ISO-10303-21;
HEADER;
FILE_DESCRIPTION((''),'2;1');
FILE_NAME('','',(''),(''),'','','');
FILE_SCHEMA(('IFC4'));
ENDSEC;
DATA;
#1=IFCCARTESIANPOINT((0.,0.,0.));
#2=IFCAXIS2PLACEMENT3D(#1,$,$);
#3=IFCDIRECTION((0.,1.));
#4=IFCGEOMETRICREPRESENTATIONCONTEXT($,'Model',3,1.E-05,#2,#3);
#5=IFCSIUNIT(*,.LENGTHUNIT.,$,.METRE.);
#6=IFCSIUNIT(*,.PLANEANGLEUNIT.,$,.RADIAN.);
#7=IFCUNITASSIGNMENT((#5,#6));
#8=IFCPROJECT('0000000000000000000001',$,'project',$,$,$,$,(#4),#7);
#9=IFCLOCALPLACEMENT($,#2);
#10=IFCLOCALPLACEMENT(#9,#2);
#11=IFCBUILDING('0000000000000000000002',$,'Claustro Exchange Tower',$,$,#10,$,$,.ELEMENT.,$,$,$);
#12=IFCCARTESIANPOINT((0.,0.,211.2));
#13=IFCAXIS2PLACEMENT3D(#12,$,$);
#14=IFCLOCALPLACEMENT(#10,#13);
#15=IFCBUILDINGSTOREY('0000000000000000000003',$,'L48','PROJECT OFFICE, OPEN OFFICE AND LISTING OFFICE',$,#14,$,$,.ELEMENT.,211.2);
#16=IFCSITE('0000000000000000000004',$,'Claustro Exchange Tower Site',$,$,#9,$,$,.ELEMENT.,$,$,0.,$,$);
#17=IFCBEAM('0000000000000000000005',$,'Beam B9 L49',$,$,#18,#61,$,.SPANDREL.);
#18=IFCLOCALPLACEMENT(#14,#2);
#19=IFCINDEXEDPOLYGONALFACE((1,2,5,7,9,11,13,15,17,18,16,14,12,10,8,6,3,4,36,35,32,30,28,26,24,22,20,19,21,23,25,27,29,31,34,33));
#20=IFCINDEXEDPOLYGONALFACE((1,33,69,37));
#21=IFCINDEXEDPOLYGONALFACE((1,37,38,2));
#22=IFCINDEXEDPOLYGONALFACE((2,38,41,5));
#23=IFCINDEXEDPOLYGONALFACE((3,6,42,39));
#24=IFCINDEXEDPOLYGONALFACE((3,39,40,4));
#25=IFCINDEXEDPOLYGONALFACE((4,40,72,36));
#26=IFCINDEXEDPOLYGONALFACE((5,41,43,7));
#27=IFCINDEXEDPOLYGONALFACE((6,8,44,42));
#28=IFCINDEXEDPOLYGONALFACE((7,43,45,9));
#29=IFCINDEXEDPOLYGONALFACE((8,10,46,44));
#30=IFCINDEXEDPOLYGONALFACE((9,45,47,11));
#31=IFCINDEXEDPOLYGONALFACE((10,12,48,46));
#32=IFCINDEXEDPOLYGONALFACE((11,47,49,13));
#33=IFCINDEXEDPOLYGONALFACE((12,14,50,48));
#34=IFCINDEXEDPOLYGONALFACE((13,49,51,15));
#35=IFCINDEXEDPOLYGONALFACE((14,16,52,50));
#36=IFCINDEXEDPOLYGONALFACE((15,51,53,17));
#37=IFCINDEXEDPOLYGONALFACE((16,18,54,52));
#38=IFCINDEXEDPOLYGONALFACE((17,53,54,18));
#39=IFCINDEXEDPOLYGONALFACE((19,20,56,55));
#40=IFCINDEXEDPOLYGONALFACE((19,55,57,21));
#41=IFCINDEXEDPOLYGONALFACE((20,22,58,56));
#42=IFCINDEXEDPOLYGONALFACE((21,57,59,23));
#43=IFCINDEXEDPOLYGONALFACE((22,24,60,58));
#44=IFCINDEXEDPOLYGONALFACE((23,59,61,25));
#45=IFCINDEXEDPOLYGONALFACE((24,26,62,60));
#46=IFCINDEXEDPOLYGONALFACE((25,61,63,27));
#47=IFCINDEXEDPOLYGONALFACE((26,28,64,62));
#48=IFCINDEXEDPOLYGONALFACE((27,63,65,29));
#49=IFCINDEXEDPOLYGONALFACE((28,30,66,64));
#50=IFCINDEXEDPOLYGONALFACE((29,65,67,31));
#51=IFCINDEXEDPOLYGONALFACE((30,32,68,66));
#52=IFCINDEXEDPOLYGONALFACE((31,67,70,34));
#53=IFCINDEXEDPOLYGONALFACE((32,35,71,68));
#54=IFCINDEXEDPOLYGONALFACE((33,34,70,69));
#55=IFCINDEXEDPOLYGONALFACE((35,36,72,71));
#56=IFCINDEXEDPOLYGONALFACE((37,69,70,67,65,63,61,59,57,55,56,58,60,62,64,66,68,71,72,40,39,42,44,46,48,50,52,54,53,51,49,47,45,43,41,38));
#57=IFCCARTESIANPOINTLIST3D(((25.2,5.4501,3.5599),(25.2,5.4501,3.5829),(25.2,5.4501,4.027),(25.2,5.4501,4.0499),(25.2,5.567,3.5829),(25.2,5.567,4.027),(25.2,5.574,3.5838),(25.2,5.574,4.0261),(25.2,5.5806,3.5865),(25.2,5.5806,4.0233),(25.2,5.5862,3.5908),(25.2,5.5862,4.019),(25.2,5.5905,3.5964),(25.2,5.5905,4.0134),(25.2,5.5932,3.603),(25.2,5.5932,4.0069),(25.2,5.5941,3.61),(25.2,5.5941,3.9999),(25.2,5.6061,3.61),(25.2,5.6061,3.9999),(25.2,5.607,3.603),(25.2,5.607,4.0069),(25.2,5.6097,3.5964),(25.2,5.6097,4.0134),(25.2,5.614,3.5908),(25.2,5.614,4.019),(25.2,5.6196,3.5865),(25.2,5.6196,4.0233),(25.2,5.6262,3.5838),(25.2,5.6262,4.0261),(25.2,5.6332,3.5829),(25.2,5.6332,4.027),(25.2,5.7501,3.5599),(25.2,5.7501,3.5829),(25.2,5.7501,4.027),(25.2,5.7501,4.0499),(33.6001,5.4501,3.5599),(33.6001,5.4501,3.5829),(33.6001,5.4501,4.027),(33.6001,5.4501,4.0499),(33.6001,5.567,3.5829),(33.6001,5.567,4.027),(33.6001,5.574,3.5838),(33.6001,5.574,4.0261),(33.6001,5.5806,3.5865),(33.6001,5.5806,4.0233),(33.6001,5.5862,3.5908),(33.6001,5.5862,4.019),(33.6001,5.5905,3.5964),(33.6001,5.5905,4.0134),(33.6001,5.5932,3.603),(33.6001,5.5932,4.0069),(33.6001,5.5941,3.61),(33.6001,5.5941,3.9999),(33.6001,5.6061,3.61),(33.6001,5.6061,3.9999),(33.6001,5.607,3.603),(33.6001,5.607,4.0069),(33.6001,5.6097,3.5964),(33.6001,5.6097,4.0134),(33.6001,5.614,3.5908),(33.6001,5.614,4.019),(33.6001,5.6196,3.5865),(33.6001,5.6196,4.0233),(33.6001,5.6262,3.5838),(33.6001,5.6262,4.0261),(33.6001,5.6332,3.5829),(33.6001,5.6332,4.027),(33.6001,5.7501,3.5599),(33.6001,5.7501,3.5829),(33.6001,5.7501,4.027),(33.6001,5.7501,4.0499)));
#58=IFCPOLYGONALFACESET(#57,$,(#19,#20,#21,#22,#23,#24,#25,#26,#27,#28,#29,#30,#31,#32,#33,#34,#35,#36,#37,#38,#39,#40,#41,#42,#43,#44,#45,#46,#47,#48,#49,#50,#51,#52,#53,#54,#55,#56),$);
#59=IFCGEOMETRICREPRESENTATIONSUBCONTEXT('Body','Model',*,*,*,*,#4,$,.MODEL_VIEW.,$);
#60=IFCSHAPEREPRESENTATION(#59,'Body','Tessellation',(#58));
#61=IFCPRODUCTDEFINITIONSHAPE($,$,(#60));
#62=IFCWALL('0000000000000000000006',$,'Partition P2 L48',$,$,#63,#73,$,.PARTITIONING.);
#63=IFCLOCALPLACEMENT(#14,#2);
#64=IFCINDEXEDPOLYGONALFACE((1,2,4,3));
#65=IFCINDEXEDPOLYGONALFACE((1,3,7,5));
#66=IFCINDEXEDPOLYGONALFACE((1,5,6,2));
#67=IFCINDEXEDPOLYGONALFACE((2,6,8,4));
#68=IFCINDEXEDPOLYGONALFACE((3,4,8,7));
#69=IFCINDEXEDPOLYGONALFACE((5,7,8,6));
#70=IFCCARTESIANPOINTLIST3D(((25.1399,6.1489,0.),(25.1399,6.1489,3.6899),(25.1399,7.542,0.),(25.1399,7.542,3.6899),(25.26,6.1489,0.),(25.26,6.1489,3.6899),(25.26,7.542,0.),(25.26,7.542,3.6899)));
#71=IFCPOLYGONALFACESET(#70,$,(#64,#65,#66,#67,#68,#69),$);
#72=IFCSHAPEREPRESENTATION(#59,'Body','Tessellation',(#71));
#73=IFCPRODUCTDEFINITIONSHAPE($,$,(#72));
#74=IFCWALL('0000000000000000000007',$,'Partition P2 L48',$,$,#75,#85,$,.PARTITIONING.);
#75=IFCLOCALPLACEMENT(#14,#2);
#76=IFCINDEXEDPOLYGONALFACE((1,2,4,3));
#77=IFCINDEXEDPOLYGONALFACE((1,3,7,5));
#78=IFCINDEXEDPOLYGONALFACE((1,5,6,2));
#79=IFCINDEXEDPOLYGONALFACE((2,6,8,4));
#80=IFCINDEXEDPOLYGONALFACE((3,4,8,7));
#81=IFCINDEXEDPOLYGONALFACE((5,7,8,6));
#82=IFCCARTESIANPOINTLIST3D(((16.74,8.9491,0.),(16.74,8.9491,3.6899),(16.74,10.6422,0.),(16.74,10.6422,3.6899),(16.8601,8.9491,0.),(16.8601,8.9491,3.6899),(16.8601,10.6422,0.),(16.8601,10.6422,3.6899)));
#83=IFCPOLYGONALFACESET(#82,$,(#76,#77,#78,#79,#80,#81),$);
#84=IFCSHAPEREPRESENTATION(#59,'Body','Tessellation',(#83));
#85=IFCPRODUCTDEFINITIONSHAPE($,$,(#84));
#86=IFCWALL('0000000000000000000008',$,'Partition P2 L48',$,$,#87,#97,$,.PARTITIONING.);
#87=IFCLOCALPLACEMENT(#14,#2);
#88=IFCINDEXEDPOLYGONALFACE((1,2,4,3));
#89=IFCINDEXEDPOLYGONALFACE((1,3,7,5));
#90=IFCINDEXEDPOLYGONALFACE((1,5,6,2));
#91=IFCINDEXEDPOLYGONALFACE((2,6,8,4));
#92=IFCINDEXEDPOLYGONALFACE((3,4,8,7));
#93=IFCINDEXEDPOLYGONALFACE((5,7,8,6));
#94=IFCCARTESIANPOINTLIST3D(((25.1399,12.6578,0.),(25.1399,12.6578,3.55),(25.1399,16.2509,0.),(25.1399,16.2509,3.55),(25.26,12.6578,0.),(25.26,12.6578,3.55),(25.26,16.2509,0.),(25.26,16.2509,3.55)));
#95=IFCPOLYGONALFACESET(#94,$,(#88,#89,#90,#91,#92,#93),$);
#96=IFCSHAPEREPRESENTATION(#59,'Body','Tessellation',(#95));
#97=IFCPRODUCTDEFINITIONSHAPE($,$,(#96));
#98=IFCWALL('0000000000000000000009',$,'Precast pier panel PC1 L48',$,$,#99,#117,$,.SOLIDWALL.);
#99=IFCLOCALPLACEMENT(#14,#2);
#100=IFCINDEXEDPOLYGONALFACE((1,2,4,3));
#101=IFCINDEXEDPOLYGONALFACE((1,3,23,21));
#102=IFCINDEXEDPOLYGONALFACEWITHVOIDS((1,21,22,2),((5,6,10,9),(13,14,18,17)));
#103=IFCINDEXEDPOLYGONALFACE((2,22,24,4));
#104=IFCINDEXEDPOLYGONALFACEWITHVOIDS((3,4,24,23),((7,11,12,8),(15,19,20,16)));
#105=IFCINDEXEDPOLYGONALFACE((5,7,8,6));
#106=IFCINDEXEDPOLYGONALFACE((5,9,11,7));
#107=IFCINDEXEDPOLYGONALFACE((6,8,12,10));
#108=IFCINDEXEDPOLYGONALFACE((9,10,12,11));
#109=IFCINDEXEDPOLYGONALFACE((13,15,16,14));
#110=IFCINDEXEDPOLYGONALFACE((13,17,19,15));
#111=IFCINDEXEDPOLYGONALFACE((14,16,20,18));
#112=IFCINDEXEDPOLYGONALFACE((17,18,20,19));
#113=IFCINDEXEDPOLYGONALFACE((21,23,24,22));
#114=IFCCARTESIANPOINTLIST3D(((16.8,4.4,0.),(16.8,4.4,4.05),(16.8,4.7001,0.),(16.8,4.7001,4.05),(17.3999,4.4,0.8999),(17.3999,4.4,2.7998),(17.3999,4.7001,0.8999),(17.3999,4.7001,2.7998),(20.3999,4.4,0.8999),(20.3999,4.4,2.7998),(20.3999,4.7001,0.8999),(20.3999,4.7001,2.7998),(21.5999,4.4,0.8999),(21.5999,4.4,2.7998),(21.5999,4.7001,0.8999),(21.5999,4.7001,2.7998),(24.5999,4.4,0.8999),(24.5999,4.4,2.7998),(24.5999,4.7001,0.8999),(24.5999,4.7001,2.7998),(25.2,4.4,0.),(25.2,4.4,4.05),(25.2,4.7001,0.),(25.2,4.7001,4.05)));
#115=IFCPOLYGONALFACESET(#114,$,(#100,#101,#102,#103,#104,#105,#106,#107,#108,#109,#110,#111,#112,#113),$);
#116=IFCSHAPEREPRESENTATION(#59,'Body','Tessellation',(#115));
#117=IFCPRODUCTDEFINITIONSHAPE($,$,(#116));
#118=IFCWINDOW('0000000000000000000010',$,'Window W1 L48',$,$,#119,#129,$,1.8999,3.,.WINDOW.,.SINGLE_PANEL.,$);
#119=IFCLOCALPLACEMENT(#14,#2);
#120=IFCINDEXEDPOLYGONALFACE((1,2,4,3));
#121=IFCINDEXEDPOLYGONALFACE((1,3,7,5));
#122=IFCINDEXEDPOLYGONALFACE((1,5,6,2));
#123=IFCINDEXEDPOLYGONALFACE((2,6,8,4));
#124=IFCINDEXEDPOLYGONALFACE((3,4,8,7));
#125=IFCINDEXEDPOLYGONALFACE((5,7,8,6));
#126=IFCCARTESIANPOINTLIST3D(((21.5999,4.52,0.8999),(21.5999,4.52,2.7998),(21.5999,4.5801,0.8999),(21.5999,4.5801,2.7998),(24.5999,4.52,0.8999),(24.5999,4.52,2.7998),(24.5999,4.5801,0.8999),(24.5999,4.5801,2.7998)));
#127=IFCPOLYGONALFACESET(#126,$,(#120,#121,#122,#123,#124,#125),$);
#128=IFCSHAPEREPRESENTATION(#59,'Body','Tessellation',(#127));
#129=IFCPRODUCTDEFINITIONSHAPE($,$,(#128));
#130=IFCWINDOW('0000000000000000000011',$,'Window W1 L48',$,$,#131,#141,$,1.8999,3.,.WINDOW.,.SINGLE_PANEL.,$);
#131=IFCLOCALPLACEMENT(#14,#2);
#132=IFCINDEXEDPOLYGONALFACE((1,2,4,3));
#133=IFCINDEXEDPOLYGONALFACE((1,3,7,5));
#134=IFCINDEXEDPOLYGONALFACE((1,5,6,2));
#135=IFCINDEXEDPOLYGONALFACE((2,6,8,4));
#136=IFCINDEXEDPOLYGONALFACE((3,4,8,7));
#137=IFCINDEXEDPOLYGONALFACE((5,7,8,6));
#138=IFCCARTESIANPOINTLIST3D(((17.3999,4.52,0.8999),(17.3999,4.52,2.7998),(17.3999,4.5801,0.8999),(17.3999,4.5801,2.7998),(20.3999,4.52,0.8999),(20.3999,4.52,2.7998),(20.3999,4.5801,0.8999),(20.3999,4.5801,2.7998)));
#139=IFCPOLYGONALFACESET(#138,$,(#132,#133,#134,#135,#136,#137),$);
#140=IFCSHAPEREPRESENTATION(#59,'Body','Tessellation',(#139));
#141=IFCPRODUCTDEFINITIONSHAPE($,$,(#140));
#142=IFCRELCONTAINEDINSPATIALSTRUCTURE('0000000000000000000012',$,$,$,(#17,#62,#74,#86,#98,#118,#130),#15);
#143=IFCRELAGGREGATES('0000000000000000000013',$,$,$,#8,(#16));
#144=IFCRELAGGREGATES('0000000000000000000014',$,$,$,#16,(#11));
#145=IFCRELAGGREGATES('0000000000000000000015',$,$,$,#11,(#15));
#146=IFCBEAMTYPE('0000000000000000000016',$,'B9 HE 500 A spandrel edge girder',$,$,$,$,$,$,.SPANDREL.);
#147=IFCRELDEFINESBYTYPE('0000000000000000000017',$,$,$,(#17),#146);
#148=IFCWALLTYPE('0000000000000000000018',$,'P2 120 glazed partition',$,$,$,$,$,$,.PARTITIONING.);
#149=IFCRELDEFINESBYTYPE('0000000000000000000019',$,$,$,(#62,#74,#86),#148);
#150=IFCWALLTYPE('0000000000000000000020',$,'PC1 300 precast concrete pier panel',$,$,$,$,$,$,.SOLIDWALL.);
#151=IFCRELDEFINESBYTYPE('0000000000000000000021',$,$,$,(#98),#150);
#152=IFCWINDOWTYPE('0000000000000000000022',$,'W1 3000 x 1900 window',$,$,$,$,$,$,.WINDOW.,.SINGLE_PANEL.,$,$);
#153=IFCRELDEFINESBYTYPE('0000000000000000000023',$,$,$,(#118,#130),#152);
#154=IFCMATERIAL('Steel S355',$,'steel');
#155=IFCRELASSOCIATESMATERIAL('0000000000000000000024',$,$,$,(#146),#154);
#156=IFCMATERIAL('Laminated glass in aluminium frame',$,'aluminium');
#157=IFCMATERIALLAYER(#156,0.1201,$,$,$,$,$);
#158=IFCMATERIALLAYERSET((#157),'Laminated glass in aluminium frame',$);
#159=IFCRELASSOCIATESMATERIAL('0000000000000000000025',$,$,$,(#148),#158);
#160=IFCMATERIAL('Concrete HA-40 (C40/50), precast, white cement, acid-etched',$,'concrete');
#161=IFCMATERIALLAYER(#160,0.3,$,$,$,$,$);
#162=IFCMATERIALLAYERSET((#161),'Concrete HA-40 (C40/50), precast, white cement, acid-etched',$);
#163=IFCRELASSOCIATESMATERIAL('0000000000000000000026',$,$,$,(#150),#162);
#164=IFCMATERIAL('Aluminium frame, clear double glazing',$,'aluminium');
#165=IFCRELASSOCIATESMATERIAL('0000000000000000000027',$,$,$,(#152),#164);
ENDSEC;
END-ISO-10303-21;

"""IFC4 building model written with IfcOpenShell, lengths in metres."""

from ifc_helpers import new_model, si_unit, direction, frame, frame_2d, origin, origin_2d, place, context, subcontext, project, spatial, rectangle, i_section, extrude, material, layer, layer_set, material_profile, profile_set, type_object, element, fill, save


model = new_model("IFC4")

# Units and contexts
model_context = context("Model", 3, precision=1e-05, world=origin(), true_north=direction((0.0, 1.0)))
body_context = subcontext(model_context, "Body", "Model", "MODEL_VIEW")
ifc_project = project(units=[si_unit("LENGTHUNIT", "METRE"), si_unit("PLANEANGLEUNIT", "RADIAN")], contexts=[model_context])

# Site, building, storey
site_placement = place(None, origin())
site = spatial("IfcSite", under=ifc_project, at=site_placement, Name="Claustro Exchange Tower Site", CompositionType="ELEMENT", RefElevation=0.0)
building_placement = place(site_placement, origin())
building = spatial("IfcBuilding", under=site, at=building_placement, Name="Claustro Exchange Tower", CompositionType="ELEMENT")
storey_placement = place(building_placement, frame((0.0, 0.0, 211.2)))
storey = spatial("IfcBuildingStorey", under=building, at=storey_placement, Name="L48", Description="PROJECT OFFICE, OPEN OFFICE AND LISTING OFFICE", CompositionType="ELEMENT", Elevation=211.2)

# Beam
ifc_material_1 = material(Name="Steel S355", Category="steel")
ifc_material_profile_1 = material_profile(ifc_material_1, i_section(OverallWidth=0.3, OverallDepth=0.49, WebThickness=0.012, FlangeThickness=0.0229, FilletRadius=0.0271, at=origin_2d()), Name="HE 500 A")
ifc_profile_set_1 = profile_set([ifc_material_profile_1], Name="Steel S355")
beam_type_1 = type_object("IfcBeamType", Name="B9 HE 500 A spandrel edge girder", PredefinedType="SPANDREL", material=ifc_profile_set_1)
beam_1_placement = place(storey_placement, frame((25.2, 5.6001, 3.8049), z_axis=(1.0, 0.0, 0.0), x_axis=(0.0, 1.0, 0.0)))
element("IfcBeam", 1, at=beam_1_placement, inside=storey, type_object=beam_type_1, Name="Beam B9 L49", PredefinedType="SPANDREL", context=body_context, shape_type="SweptSolid", body=[
    extrude(i_section(OverallWidth=0.3, OverallDepth=0.49, WebThickness=0.012, FlangeThickness=0.0229, FilletRadius=0.0271, at=origin_2d()), origin(), (0.0, 0.0, 1.0), 8.4001),
])

# Walls
ifc_material_2 = material(Name="Laminated glass in aluminium frame", Category="aluminium")
ifc_layer_1 = layer(ifc_material_2, 0.1201)
ifc_layer_set_1 = layer_set([ifc_layer_1], Name="Laminated glass in aluminium frame")
wall_type_1 = type_object("IfcWallType", Name="P2 120 glazed partition", PredefinedType="PARTITIONING", material=ifc_layer_set_1)
wall_1_placement = place(storey_placement, frame((25.2, 6.1489, 0.0), z_axis=(0.0, 0.0, 1.0), x_axis=(0.0, 1.0, 0.0)))
element("IfcWall", 2, at=wall_1_placement, inside=storey, type_object=wall_type_1, Name="Partition P2 L48", PredefinedType="PARTITIONING", context=body_context, shape_type="SweptSolid", body=[
    extrude(rectangle(XDim=1.3931, YDim=0.1201, at=frame_2d((0.6965, 0.0))), origin(), (0.0, 0.0, 1.0), 3.6899),
])
wall_2_placement = place(storey_placement, frame((16.8, 8.949, 0.0), z_axis=(0.0, 0.0, 1.0), x_axis=(0.0, 1.0, 0.0)))
element("IfcWall", 3, at=wall_2_placement, inside=storey, type_object=wall_type_1, Name="Partition P2 L48", PredefinedType="PARTITIONING", context=body_context, shape_type="SweptSolid", body=[
    extrude(rectangle(XDim=1.6931, YDim=0.1201, at=frame_2d((0.8467, 0.0))), origin(), (0.0, 0.0, 1.0), 3.6899),
])
wall_3_placement = place(storey_placement, frame((25.2, 12.658, 0.0), z_axis=(0.0, 0.0, 1.0), x_axis=(0.0, 1.0, 0.0)))
element("IfcWall", 4, at=wall_3_placement, inside=storey, type_object=wall_type_1, Name="Partition P2 L48", PredefinedType="PARTITIONING", context=body_context, shape_type="SweptSolid", body=[
    extrude(rectangle(XDim=3.593, YDim=0.1201, at=frame_2d((1.7964, 0.0))), origin(), (0.0, 0.0, 1.0), 3.55),
])

# Wall, openings, windows
ifc_material_3 = material(Name="Concrete HA-40 (C40/50), precast, white cement, acid-etched", Category="concrete")
ifc_layer_2 = layer(ifc_material_3, 0.3)
ifc_layer_set_2 = layer_set([ifc_layer_2], Name="Concrete HA-40 (C40/50), precast, white cement, acid-etched")
wall_type_2 = type_object("IfcWallType", Name="PC1 300 precast concrete pier panel", PredefinedType="SOLIDWALL", material=ifc_layer_set_2)
wall_4_placement = place(storey_placement, frame((25.2, 4.55, 0.0), z_axis=(0.0, 0.0, 1.0), x_axis=(-1.0, 0.0, 0.0)))
wall_4 = element("IfcWall", 5, at=wall_4_placement, inside=storey, type_object=wall_type_2, Name="Precast pier panel PC1 L48", PredefinedType="SOLIDWALL", context=body_context, shape_type="SweptSolid", body=[
    extrude(rectangle(XDim=8.3999, YDim=0.3, at=frame_2d((4.2, 0.0))), origin(), (0.0, 0.0, 1.0), 4.05),
])
opening_1_placement = place(wall_4_placement, frame((0.6001, 0.0, 0.8999)))
opening_1 = element("IfcOpeningElement", 6, at=opening_1_placement, cuts=wall_4, PredefinedType="OPENING", context=body_context, shape_type="SweptSolid", body=[
    extrude(rectangle(XDim=3.0, YDim=1.8999, at=frame_2d((1.5, 0.95))), frame((0.0, 0.1599, 0.0), z_axis=(0.0, -1.0, 0.0), x_axis=(1.0, 0.0, 0.0)), (0.0, 0.0, 1.0), 0.3201),
])
opening_2_placement = place(wall_4_placement, frame((4.8, 0.0, 0.8999)))
opening_2 = element("IfcOpeningElement", 7, at=opening_2_placement, cuts=wall_4, PredefinedType="OPENING", context=body_context, shape_type="SweptSolid", body=[
    extrude(rectangle(XDim=3.0, YDim=1.8999, at=frame_2d((1.5, 0.95))), frame((0.0, 0.1599, 0.0), z_axis=(0.0, -1.0, 0.0), x_axis=(1.0, 0.0, 0.0)), (0.0, 0.0, 1.0), 0.3201),
])
ifc_material_4 = material(Name="Aluminium frame, clear double glazing", Category="aluminium")
window_type_1 = type_object("IfcWindowType", Name="W1 3000 x 1900 window", PartitioningType="SINGLE_PANEL", PredefinedType="WINDOW", material=ifc_material_4)
window_1_placement = place(opening_1_placement, origin())
window_1 = element("IfcWindow", 8, at=window_1_placement, inside=storey, type_object=window_type_1, Name="Window W1 L48", OverallHeight=1.8999, OverallWidth=3.0, PartitioningType="SINGLE_PANEL", PredefinedType="WINDOW", context=body_context, shape_type="SweptSolid", body=[
    extrude(rectangle(XDim=3.0, YDim=1.8999, at=frame_2d((1.5, 0.95))), frame((0.0, 0.03, 0.0), z_axis=(0.0, -1.0, 0.0), x_axis=(1.0, 0.0, 0.0)), (0.0, 0.0, 1.0), 0.0601),
])
fill(opening_1, window_1)
window_2_placement = place(opening_2_placement, origin())
window_2 = element("IfcWindow", 9, at=window_2_placement, inside=storey, type_object=window_type_1, Name="Window W1 L48", OverallHeight=1.8999, OverallWidth=3.0, PartitioningType="SINGLE_PANEL", PredefinedType="WINDOW", context=body_context, shape_type="SweptSolid", body=[
    extrude(rectangle(XDim=3.0, YDim=1.8999, at=frame_2d((1.5, 0.95))), frame((0.0, 0.03, 0.0), z_axis=(0.0, -1.0, 0.0), x_axis=(1.0, 0.0, 0.0)), (0.0, 0.0, 1.0), 0.0601),
])
fill(opening_2, window_2)

save(model, "model.ifc")
